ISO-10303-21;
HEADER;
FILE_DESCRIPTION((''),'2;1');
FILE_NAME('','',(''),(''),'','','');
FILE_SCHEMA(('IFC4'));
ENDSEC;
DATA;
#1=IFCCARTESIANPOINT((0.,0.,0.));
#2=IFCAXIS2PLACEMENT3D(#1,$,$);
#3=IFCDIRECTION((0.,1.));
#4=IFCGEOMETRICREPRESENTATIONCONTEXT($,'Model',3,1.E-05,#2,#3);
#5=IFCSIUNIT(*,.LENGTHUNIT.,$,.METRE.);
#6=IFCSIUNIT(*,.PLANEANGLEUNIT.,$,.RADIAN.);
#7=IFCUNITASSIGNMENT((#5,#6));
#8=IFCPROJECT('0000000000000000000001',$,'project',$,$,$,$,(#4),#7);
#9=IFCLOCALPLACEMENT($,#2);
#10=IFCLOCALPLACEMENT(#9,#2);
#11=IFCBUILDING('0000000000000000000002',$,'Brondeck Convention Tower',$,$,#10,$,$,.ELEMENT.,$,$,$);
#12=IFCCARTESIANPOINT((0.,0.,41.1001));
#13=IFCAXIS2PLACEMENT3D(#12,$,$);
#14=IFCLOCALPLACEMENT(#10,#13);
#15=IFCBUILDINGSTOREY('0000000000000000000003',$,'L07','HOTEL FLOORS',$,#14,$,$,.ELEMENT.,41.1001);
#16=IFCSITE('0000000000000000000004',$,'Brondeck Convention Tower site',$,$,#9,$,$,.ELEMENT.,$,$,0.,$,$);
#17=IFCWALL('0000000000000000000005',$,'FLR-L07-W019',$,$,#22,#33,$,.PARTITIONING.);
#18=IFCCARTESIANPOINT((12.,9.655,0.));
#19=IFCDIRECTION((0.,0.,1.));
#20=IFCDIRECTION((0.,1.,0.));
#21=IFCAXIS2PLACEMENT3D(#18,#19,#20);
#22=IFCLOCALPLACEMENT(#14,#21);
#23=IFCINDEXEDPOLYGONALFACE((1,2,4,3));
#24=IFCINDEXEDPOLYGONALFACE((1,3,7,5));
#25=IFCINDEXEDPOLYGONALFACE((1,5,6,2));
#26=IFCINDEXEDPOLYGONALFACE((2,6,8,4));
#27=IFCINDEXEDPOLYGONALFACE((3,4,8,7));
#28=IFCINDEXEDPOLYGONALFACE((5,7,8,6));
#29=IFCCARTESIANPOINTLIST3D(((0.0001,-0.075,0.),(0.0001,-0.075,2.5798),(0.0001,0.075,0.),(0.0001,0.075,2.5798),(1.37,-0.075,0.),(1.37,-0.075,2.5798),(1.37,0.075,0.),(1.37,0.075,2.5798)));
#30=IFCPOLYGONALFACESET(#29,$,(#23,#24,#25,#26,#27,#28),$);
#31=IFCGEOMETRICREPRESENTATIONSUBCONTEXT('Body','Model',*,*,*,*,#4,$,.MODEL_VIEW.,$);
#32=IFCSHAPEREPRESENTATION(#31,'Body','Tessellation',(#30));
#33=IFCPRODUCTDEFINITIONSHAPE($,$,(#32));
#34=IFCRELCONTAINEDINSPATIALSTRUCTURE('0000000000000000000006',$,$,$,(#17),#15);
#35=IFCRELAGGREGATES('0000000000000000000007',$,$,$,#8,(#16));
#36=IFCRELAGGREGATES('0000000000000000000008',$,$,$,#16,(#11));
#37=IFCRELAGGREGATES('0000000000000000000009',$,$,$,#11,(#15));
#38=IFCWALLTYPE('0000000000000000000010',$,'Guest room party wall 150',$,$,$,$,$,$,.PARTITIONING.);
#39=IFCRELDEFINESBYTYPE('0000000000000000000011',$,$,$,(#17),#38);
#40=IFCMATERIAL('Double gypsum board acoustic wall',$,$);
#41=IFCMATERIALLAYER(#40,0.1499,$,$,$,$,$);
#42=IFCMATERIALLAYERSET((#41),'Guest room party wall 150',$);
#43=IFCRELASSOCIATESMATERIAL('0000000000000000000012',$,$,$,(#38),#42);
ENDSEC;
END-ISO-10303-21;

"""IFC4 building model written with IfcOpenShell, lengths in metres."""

from ifc_helpers import new_model, si_unit, direction, frame, frame_2d, origin, place, context, subcontext, project, spatial, rectangle, extrude, material, layer, layer_set, type_object, element, save


model = new_model("IFC4")

# Units and contexts
model_context = context("Model", 3, precision=1e-05, world=origin(), true_north=direction((0.0, 1.0)))
body_context = subcontext(model_context, "Body", "Model", "MODEL_VIEW")
ifc_project = project(units=[si_unit("LENGTHUNIT", "METRE"), si_unit("PLANEANGLEUNIT", "RADIAN")], contexts=[model_context])

# Site, building, storey
site_placement = place(None, origin())
site = spatial("IfcSite", under=ifc_project, at=site_placement, Name="Brondeck Convention Tower site", CompositionType="ELEMENT", RefElevation=0.0)
building_placement = place(site_placement, origin())
building = spatial("IfcBuilding", under=site, at=building_placement, Name="Brondeck Convention Tower", CompositionType="ELEMENT")
storey_placement = place(building_placement, frame((0.0, 0.0, 41.1001)))
storey = spatial("IfcBuildingStorey", under=building, at=storey_placement, Name="L07", Description="HOTEL FLOORS", CompositionType="ELEMENT", Elevation=41.1001)

# Wall
ifc_material_1 = material(Name="Double gypsum board acoustic wall")
ifc_layer_1 = layer(ifc_material_1, 0.1499)
ifc_layer_set_1 = layer_set([ifc_layer_1], Name="Guest room party wall 150")
wall_type_1 = type_object("IfcWallType", Name="Guest room party wall 150", PredefinedType="PARTITIONING", material=ifc_layer_set_1)
wall_1_placement = place(storey_placement, frame((12.0, 9.655, 0.0), z_axis=(0.0, 0.0, 1.0), x_axis=(0.0, 1.0, 0.0)))
element("IfcWall", 1, at=wall_1_placement, inside=storey, type_object=wall_type_1, Name="FLR-L07-W019", PredefinedType="PARTITIONING", context=body_context, shape_type="SweptSolid", body=[
    extrude(rectangle(XDim=1.3699, YDim=0.1499, at=frame_2d((0.6851, 0.0))), origin(), (0.0, 0.0, 1.0), 2.5798),
])

save(model, "model.ifc")
